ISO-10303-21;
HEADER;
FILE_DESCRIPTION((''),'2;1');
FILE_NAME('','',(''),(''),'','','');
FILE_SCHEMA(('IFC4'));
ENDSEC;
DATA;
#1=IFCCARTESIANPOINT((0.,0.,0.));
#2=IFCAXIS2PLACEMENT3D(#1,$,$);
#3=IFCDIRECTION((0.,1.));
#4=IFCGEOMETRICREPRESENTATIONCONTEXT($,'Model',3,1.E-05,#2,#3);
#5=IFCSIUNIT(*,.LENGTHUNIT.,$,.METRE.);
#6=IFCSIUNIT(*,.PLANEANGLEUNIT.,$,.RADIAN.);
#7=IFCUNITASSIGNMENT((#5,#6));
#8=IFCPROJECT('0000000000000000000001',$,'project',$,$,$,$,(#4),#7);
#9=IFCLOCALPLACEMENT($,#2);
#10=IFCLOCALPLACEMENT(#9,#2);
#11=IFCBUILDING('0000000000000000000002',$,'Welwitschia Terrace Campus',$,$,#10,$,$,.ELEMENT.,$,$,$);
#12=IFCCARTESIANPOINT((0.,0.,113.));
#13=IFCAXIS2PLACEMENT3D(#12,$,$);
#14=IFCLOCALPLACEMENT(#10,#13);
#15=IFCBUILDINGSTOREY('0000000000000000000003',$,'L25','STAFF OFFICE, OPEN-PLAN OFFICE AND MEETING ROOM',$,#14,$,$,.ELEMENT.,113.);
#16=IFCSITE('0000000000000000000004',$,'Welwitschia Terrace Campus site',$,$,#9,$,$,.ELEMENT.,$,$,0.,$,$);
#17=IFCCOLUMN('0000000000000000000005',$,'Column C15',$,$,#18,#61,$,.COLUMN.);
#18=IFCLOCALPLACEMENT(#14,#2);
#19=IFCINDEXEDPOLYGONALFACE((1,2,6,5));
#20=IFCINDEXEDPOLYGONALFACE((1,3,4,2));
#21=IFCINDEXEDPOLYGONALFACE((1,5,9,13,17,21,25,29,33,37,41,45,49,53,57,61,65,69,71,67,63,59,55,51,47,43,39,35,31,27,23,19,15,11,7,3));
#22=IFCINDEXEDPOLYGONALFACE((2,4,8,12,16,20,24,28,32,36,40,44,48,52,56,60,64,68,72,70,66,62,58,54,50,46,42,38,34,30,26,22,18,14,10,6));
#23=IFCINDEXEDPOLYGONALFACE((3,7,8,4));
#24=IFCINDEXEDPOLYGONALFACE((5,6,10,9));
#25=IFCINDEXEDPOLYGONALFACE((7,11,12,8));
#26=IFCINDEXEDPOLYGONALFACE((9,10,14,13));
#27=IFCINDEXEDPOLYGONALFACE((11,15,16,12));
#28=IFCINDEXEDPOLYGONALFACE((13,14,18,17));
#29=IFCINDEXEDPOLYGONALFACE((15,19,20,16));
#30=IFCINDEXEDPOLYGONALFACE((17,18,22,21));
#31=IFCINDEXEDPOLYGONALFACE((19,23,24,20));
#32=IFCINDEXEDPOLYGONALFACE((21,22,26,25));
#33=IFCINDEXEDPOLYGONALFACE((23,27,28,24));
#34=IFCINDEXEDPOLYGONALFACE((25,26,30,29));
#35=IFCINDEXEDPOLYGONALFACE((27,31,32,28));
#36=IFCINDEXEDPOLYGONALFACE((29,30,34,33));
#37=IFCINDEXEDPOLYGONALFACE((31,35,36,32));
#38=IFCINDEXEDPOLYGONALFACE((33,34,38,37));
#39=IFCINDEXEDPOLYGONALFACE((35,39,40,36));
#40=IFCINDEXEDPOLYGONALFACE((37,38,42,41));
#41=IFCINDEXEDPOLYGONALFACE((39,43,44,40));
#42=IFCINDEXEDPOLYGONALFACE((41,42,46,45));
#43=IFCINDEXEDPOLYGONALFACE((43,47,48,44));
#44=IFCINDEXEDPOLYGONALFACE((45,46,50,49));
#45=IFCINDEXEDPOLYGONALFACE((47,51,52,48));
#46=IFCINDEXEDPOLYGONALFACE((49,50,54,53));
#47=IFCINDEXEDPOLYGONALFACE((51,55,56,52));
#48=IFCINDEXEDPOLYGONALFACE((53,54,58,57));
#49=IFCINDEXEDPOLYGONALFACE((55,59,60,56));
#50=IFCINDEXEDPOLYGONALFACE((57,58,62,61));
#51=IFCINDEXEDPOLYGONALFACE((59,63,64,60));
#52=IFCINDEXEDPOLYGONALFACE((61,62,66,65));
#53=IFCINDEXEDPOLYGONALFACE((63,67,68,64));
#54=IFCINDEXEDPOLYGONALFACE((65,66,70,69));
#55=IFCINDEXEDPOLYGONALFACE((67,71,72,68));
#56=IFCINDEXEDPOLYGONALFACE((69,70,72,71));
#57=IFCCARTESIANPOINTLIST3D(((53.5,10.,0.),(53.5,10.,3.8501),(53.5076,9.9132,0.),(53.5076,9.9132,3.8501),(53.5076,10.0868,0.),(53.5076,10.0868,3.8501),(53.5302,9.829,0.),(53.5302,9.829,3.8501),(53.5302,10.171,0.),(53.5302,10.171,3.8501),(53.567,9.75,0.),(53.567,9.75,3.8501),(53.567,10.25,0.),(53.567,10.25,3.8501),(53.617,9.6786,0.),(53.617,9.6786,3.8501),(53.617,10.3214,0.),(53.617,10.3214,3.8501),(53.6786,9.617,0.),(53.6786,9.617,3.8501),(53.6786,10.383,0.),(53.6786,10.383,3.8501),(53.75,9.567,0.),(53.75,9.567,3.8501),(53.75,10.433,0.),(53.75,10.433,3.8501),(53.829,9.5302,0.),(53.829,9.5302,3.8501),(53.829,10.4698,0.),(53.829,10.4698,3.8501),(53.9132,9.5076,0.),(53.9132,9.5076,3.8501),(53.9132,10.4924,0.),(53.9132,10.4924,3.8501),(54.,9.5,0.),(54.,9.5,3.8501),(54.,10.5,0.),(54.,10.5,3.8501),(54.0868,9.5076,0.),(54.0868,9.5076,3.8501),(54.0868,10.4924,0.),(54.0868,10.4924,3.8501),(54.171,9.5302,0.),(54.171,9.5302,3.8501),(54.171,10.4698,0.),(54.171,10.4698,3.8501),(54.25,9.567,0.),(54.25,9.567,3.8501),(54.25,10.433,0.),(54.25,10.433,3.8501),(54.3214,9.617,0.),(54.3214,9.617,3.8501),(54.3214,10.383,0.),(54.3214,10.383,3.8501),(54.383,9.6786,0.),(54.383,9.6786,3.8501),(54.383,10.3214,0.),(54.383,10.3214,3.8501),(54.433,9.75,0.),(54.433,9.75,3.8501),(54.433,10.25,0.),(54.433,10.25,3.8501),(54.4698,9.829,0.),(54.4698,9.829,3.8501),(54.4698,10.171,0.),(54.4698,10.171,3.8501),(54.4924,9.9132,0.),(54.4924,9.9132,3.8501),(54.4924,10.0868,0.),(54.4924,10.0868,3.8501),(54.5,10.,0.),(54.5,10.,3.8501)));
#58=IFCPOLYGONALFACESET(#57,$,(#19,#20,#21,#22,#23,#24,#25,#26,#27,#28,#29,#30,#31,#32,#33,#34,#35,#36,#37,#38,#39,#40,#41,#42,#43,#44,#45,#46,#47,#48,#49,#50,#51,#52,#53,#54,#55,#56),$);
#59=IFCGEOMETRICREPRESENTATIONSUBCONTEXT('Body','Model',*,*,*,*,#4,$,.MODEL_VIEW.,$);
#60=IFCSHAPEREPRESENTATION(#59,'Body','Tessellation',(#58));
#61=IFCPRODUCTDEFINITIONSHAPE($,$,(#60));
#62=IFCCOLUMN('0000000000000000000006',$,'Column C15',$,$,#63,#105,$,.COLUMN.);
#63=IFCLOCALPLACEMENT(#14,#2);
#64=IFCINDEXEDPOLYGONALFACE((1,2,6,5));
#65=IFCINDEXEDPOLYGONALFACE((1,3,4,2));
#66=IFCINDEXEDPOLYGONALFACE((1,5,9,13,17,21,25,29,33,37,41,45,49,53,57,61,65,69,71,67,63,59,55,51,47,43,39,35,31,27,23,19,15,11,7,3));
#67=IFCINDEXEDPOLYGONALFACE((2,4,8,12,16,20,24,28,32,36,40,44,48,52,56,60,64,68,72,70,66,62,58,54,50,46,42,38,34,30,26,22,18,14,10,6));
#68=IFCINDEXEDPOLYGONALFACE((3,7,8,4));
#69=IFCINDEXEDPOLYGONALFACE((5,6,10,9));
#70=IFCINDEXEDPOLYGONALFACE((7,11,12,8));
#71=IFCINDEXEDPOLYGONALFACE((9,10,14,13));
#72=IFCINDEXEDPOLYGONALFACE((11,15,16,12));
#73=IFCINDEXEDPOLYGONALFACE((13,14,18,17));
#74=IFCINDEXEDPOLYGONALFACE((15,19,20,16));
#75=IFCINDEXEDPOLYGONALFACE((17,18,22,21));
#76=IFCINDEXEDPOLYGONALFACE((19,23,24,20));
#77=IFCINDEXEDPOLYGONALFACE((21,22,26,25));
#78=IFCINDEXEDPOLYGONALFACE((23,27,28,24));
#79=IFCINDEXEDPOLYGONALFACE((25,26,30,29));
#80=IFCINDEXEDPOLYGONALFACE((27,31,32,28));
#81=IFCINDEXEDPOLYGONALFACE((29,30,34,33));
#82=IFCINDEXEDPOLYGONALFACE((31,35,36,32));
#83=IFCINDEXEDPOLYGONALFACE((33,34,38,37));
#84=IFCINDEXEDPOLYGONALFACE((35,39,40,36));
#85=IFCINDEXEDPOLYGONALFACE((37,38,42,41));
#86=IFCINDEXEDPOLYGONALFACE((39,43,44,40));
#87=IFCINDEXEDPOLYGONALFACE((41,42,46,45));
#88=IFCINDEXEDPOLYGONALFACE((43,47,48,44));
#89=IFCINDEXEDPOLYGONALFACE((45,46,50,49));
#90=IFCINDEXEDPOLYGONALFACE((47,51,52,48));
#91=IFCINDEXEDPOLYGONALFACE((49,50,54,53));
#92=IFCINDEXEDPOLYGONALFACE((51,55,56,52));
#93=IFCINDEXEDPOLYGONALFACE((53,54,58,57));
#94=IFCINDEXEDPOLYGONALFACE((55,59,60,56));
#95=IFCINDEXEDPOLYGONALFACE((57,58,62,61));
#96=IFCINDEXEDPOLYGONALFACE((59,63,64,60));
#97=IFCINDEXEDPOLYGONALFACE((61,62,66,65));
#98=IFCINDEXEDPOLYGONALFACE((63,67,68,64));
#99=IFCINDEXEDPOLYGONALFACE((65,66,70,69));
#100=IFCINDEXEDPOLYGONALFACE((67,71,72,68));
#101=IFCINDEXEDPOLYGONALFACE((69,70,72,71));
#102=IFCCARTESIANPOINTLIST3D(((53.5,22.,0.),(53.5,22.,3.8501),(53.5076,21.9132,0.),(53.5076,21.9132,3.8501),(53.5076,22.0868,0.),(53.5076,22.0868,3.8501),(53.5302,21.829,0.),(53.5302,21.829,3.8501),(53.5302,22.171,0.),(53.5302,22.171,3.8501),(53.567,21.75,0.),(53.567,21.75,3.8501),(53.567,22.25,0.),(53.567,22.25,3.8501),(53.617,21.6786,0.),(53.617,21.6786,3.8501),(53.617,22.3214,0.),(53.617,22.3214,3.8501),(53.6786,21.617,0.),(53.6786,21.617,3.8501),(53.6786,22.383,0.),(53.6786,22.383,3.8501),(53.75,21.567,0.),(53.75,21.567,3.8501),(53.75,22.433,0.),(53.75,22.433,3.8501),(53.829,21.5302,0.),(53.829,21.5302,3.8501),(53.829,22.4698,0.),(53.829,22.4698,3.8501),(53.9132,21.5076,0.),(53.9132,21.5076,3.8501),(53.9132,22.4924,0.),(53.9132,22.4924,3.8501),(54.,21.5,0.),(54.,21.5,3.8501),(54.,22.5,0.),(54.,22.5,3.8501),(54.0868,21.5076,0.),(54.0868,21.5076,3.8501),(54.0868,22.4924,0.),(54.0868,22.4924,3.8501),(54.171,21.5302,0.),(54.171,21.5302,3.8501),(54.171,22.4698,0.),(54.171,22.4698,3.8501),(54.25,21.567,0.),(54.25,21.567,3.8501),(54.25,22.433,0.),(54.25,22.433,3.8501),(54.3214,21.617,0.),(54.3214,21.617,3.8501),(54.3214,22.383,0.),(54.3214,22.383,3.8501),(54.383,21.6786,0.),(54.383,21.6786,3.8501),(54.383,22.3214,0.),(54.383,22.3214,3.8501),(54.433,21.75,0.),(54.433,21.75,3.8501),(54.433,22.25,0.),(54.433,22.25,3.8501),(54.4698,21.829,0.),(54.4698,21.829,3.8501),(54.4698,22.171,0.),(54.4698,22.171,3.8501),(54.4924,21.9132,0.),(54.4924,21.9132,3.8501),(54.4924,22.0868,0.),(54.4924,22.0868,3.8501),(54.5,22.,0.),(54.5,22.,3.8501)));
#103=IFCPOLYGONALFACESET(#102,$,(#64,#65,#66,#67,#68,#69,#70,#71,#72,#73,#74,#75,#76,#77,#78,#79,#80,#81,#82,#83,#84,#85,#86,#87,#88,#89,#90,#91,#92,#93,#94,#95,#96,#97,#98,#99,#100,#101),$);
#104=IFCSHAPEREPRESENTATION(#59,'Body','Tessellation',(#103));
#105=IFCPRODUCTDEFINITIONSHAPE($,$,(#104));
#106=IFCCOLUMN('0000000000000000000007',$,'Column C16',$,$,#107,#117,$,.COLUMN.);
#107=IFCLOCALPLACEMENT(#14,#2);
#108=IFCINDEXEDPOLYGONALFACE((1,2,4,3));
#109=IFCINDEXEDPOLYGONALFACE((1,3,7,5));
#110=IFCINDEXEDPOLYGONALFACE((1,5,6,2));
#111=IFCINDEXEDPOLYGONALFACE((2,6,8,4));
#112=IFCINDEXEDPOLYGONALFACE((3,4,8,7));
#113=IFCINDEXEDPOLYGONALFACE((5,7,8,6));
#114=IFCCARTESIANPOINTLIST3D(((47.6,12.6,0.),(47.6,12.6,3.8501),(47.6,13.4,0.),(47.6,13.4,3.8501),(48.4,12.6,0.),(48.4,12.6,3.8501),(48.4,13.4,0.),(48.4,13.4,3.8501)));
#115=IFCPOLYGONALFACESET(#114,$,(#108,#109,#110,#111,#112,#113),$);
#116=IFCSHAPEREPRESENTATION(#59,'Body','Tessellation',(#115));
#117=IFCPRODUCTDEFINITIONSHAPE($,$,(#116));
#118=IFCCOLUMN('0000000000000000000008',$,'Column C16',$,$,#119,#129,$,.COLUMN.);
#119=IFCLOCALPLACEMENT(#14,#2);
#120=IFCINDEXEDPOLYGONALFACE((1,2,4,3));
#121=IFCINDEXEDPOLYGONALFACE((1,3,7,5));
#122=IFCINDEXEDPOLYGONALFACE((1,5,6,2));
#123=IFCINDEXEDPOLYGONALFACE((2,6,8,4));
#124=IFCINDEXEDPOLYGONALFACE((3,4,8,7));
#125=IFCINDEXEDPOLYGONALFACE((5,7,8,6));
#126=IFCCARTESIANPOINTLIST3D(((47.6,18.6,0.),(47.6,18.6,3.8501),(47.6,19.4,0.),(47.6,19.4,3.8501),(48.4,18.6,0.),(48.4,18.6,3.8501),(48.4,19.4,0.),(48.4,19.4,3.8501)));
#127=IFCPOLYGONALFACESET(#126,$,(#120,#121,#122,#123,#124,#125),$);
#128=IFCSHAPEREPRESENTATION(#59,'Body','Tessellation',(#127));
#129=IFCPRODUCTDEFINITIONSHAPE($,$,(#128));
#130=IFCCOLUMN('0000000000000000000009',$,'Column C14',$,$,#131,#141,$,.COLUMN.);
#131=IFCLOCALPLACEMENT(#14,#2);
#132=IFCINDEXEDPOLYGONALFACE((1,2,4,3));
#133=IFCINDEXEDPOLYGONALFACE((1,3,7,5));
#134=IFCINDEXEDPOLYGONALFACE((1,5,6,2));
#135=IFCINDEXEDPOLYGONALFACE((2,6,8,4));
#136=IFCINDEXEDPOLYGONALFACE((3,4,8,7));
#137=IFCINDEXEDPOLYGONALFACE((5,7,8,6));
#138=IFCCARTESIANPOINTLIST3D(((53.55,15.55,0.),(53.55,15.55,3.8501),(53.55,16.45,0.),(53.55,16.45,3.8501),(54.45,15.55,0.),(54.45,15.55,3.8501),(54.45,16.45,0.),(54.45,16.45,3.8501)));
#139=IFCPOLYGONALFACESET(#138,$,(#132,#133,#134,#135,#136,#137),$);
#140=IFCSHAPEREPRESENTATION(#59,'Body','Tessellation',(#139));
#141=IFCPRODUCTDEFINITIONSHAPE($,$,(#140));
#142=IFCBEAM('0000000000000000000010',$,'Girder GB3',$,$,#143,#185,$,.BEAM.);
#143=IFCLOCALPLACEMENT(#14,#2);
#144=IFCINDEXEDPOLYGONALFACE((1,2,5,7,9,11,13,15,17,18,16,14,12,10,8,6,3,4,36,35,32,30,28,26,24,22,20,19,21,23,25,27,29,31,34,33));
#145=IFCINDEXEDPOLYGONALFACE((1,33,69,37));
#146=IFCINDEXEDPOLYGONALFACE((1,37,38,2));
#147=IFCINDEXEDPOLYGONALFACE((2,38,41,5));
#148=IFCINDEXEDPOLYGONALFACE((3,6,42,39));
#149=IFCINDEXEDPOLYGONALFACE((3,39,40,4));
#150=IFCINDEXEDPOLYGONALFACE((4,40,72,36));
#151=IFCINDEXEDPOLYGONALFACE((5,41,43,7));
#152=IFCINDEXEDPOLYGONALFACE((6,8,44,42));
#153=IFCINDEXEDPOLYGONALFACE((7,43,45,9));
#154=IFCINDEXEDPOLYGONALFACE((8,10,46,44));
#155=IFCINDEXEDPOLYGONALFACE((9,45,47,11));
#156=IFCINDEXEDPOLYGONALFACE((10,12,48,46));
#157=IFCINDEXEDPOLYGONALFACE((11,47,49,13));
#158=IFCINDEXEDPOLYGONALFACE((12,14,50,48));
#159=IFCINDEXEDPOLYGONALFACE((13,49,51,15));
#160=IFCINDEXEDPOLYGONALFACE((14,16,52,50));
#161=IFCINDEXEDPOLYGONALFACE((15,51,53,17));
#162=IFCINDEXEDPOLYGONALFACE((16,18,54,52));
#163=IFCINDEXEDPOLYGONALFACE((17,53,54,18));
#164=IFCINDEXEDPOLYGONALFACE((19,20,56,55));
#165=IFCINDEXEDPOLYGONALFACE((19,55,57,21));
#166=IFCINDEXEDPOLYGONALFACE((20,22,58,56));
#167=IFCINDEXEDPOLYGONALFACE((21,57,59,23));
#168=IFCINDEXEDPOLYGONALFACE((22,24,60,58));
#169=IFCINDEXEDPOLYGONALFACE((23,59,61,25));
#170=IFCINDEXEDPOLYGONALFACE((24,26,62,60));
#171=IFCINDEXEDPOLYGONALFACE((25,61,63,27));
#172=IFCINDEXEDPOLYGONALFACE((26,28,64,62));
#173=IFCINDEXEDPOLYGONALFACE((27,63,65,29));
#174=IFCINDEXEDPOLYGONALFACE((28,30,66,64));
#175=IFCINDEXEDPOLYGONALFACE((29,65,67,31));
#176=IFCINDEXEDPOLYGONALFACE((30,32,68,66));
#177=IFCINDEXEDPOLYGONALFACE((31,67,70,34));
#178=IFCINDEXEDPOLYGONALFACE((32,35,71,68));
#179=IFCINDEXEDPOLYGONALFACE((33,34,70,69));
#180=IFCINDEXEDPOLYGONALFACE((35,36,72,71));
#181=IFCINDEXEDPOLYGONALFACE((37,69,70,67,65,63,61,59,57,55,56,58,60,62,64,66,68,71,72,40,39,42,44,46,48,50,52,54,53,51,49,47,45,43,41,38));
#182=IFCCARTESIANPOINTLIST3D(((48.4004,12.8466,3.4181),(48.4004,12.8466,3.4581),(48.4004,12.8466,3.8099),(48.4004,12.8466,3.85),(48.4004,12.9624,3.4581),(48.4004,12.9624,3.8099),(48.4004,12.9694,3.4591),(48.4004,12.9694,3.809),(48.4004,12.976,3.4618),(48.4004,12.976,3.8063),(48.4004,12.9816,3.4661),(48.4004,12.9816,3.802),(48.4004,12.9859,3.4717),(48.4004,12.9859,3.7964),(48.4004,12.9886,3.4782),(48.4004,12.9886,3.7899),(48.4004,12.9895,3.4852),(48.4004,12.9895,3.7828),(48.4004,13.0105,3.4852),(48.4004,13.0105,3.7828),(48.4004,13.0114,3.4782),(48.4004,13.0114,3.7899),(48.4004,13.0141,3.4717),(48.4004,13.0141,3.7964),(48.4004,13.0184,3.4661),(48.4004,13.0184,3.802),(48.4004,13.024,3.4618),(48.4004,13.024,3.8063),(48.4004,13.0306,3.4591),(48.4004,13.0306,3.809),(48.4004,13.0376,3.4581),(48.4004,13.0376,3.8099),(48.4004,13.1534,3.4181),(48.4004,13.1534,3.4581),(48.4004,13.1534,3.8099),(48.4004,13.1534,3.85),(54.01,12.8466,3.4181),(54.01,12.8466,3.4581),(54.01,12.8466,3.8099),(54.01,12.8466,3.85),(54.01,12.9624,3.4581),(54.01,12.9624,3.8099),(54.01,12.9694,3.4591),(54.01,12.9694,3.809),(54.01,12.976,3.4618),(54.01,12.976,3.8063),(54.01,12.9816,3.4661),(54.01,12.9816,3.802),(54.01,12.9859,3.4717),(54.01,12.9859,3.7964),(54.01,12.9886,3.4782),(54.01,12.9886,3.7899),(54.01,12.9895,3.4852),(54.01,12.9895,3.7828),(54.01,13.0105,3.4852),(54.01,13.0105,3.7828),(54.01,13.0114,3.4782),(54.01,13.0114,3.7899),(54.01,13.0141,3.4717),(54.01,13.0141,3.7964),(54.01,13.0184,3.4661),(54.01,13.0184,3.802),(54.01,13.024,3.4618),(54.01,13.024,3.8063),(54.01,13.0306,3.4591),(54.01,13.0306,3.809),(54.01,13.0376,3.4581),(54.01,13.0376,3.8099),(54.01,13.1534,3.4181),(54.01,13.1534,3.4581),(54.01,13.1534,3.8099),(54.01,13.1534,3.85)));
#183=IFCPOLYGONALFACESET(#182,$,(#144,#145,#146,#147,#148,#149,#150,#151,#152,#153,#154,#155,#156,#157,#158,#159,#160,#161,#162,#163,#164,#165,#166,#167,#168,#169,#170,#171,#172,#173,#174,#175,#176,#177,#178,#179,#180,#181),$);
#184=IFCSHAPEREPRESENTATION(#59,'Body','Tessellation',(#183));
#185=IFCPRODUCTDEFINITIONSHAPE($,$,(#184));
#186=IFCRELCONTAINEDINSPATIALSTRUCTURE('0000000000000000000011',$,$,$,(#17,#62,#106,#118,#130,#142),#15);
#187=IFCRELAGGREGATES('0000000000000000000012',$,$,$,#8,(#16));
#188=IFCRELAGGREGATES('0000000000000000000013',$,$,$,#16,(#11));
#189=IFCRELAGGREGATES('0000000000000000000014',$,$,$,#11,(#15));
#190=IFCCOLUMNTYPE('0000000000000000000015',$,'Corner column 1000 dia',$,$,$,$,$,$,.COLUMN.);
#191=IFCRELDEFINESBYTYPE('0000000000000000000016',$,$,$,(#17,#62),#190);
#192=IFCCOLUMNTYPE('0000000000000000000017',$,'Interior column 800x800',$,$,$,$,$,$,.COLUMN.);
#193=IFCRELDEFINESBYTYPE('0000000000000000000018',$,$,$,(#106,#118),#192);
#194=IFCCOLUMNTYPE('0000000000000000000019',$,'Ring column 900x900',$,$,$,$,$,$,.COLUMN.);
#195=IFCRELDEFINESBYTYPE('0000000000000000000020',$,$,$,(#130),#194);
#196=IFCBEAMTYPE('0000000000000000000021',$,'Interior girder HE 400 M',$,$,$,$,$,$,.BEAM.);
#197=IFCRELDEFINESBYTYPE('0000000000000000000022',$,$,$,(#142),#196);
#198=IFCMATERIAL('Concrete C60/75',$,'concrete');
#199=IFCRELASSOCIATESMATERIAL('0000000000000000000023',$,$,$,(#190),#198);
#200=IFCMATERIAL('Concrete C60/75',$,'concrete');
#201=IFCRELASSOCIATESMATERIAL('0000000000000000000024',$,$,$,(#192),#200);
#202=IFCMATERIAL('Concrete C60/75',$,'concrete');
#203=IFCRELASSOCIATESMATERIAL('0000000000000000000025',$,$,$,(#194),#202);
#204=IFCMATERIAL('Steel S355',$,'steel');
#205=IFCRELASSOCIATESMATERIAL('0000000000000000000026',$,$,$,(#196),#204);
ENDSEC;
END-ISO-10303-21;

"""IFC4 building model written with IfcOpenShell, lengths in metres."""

from ifc_helpers import new_model, si_unit, direction, frame, origin, origin_2d, place, context, subcontext, project, spatial, rectangle, circle, i_section, extrude, material, material_profile, profile_set, type_object, element, save


model = new_model("IFC4")

# Units and contexts
model_context = context("Model", 3, precision=1e-05, world=origin(), true_north=direction((0.0, 1.0)))
body_context = subcontext(model_context, "Body", "Model", "MODEL_VIEW")
ifc_project = project(units=[si_unit("LENGTHUNIT", "METRE"), si_unit("PLANEANGLEUNIT", "RADIAN")], contexts=[model_context])

# Site, building, storey
site_placement = place(None, origin())
site = spatial("IfcSite", under=ifc_project, at=site_placement, Name="Welwitschia Terrace Campus site", CompositionType="ELEMENT", RefElevation=0.0)
building_placement = place(site_placement, origin())
building = spatial("IfcBuilding", under=site, at=building_placement, Name="Welwitschia Terrace Campus", CompositionType="ELEMENT")
storey_placement = place(building_placement, frame((0.0, 0.0, 113.0)))
storey = spatial("IfcBuildingStorey", under=building, at=storey_placement, Name="L25", Description="STAFF OFFICE, OPEN-PLAN OFFICE AND MEETING ROOM", CompositionType="ELEMENT", Elevation=113.0)

# Columns
ifc_material_1 = material(Name="Concrete C60/75", Category="concrete")
ifc_material_profile_1 = material_profile(ifc_material_1, circle(Radius=0.5, at=origin_2d()))
ifc_profile_set_1 = profile_set([ifc_material_profile_1], Name="Concrete C60/75")
column_type_1 = type_object("IfcColumnType", Name="Corner column 1000 dia", PredefinedType="COLUMN", material=ifc_profile_set_1)
for number, where, z_axis, x_axis, name in (
    (1, (54.0, 10.0, 0.0), (0.0, 0.0, 1.0), (1.0, 0.0, 0.0), "Column C15"),
    (2, (54.0, 22.0, 0.0), (0.0, 0.0, 1.0), (1.0, 0.0, 0.0), "Column C15"),
):
    element("IfcColumn", number, at=place(storey_placement, frame(where, z_axis=z_axis, x_axis=x_axis)), inside=storey, type_object=column_type_1, Name=name, PredefinedType="COLUMN", context=body_context, shape_type="SweptSolid", body=[
        extrude(circle(Radius=0.5, at=origin_2d()), origin(), (0.0, 0.0, 1.0), 3.8501),
    ])
ifc_material_2 = material(Name="Concrete C60/75", Category="concrete")
ifc_material_profile_2 = material_profile(ifc_material_2, rectangle(XDim=0.8, YDim=0.8, at=origin_2d()))
ifc_profile_set_2 = profile_set([ifc_material_profile_2], Name="Concrete C60/75")
column_type_2 = type_object("IfcColumnType", Name="Interior column 800x800", PredefinedType="COLUMN", material=ifc_profile_set_2)
for number, where, z_axis, x_axis, name in (
    (3, (48.0, 13.0, 0.0), (0.0, 0.0, 1.0), (1.0, 0.0, 0.0), "Column C16"),
    (4, (48.0, 19.0, 0.0), (0.0, 0.0, 1.0), (1.0, 0.0, 0.0), "Column C16"),
):
    element("IfcColumn", number, at=place(storey_placement, frame(where, z_axis=z_axis, x_axis=x_axis)), inside=storey, type_object=column_type_2, Name=name, PredefinedType="COLUMN", context=body_context, shape_type="SweptSolid", body=[
        extrude(rectangle(XDim=0.8, YDim=0.8, at=origin_2d()), origin(), (0.0, 0.0, 1.0), 3.8501),
    ])
ifc_material_3 = material(Name="Concrete C60/75", Category="concrete")
ifc_material_profile_3 = material_profile(ifc_material_3, rectangle(XDim=0.8999, YDim=0.8999, at=origin_2d()))
ifc_profile_set_3 = profile_set([ifc_material_profile_3], Name="Concrete C60/75")
column_type_3 = type_object("IfcColumnType", Name="Ring column 900x900", PredefinedType="COLUMN", material=ifc_profile_set_3)
column_placement = place(storey_placement, frame((54.0, 16.0, 0.0), z_axis=(0.0, 0.0, 1.0), x_axis=(1.0, 0.0, 0.0)))
element("IfcColumn", 5, at=column_placement, inside=storey, type_object=column_type_3, Name="Column C14", PredefinedType="COLUMN", context=body_context, shape_type="SweptSolid", body=[
    extrude(rectangle(XDim=0.8999, YDim=0.8999, at=origin_2d()), origin(), (0.0, 0.0, 1.0), 3.8501),
])

# Beam
ifc_material_4 = material(Name="Steel S355", Category="steel")
ifc_material_profile_4 = material_profile(ifc_material_4, i_section(OverallWidth=0.3069, OverallDepth=0.4319, WebThickness=0.021, FlangeThickness=0.04, FilletRadius=0.0271, at=origin_2d()))
ifc_profile_set_4 = profile_set([ifc_material_profile_4], Name="Steel S355")
beam_type_1 = type_object("IfcBeamType", Name="Interior girder HE 400 M", PredefinedType="BEAM", material=ifc_profile_set_4)
for number, where, z_axis, x_axis, name in (
    (6, (48.4004, 13.0, 3.634), (1.0, 0.0, 0.0), (0.0, 1.0, 0.0), "Girder GB3"),
):
    element("IfcBeam", number, at=place(storey_placement, frame(where, z_axis=z_axis, x_axis=x_axis)), inside=storey, type_object=beam_type_1, Name=name, PredefinedType="BEAM", context=body_context, shape_type="SweptSolid", body=[
        extrude(i_section(OverallWidth=0.3069, OverallDepth=0.4319, WebThickness=0.021, FlangeThickness=0.04, FilletRadius=0.0271, at=origin_2d()), origin(), (0.0, 0.0, 1.0), 5.6096),
    ])

save(model, "model.ifc")
